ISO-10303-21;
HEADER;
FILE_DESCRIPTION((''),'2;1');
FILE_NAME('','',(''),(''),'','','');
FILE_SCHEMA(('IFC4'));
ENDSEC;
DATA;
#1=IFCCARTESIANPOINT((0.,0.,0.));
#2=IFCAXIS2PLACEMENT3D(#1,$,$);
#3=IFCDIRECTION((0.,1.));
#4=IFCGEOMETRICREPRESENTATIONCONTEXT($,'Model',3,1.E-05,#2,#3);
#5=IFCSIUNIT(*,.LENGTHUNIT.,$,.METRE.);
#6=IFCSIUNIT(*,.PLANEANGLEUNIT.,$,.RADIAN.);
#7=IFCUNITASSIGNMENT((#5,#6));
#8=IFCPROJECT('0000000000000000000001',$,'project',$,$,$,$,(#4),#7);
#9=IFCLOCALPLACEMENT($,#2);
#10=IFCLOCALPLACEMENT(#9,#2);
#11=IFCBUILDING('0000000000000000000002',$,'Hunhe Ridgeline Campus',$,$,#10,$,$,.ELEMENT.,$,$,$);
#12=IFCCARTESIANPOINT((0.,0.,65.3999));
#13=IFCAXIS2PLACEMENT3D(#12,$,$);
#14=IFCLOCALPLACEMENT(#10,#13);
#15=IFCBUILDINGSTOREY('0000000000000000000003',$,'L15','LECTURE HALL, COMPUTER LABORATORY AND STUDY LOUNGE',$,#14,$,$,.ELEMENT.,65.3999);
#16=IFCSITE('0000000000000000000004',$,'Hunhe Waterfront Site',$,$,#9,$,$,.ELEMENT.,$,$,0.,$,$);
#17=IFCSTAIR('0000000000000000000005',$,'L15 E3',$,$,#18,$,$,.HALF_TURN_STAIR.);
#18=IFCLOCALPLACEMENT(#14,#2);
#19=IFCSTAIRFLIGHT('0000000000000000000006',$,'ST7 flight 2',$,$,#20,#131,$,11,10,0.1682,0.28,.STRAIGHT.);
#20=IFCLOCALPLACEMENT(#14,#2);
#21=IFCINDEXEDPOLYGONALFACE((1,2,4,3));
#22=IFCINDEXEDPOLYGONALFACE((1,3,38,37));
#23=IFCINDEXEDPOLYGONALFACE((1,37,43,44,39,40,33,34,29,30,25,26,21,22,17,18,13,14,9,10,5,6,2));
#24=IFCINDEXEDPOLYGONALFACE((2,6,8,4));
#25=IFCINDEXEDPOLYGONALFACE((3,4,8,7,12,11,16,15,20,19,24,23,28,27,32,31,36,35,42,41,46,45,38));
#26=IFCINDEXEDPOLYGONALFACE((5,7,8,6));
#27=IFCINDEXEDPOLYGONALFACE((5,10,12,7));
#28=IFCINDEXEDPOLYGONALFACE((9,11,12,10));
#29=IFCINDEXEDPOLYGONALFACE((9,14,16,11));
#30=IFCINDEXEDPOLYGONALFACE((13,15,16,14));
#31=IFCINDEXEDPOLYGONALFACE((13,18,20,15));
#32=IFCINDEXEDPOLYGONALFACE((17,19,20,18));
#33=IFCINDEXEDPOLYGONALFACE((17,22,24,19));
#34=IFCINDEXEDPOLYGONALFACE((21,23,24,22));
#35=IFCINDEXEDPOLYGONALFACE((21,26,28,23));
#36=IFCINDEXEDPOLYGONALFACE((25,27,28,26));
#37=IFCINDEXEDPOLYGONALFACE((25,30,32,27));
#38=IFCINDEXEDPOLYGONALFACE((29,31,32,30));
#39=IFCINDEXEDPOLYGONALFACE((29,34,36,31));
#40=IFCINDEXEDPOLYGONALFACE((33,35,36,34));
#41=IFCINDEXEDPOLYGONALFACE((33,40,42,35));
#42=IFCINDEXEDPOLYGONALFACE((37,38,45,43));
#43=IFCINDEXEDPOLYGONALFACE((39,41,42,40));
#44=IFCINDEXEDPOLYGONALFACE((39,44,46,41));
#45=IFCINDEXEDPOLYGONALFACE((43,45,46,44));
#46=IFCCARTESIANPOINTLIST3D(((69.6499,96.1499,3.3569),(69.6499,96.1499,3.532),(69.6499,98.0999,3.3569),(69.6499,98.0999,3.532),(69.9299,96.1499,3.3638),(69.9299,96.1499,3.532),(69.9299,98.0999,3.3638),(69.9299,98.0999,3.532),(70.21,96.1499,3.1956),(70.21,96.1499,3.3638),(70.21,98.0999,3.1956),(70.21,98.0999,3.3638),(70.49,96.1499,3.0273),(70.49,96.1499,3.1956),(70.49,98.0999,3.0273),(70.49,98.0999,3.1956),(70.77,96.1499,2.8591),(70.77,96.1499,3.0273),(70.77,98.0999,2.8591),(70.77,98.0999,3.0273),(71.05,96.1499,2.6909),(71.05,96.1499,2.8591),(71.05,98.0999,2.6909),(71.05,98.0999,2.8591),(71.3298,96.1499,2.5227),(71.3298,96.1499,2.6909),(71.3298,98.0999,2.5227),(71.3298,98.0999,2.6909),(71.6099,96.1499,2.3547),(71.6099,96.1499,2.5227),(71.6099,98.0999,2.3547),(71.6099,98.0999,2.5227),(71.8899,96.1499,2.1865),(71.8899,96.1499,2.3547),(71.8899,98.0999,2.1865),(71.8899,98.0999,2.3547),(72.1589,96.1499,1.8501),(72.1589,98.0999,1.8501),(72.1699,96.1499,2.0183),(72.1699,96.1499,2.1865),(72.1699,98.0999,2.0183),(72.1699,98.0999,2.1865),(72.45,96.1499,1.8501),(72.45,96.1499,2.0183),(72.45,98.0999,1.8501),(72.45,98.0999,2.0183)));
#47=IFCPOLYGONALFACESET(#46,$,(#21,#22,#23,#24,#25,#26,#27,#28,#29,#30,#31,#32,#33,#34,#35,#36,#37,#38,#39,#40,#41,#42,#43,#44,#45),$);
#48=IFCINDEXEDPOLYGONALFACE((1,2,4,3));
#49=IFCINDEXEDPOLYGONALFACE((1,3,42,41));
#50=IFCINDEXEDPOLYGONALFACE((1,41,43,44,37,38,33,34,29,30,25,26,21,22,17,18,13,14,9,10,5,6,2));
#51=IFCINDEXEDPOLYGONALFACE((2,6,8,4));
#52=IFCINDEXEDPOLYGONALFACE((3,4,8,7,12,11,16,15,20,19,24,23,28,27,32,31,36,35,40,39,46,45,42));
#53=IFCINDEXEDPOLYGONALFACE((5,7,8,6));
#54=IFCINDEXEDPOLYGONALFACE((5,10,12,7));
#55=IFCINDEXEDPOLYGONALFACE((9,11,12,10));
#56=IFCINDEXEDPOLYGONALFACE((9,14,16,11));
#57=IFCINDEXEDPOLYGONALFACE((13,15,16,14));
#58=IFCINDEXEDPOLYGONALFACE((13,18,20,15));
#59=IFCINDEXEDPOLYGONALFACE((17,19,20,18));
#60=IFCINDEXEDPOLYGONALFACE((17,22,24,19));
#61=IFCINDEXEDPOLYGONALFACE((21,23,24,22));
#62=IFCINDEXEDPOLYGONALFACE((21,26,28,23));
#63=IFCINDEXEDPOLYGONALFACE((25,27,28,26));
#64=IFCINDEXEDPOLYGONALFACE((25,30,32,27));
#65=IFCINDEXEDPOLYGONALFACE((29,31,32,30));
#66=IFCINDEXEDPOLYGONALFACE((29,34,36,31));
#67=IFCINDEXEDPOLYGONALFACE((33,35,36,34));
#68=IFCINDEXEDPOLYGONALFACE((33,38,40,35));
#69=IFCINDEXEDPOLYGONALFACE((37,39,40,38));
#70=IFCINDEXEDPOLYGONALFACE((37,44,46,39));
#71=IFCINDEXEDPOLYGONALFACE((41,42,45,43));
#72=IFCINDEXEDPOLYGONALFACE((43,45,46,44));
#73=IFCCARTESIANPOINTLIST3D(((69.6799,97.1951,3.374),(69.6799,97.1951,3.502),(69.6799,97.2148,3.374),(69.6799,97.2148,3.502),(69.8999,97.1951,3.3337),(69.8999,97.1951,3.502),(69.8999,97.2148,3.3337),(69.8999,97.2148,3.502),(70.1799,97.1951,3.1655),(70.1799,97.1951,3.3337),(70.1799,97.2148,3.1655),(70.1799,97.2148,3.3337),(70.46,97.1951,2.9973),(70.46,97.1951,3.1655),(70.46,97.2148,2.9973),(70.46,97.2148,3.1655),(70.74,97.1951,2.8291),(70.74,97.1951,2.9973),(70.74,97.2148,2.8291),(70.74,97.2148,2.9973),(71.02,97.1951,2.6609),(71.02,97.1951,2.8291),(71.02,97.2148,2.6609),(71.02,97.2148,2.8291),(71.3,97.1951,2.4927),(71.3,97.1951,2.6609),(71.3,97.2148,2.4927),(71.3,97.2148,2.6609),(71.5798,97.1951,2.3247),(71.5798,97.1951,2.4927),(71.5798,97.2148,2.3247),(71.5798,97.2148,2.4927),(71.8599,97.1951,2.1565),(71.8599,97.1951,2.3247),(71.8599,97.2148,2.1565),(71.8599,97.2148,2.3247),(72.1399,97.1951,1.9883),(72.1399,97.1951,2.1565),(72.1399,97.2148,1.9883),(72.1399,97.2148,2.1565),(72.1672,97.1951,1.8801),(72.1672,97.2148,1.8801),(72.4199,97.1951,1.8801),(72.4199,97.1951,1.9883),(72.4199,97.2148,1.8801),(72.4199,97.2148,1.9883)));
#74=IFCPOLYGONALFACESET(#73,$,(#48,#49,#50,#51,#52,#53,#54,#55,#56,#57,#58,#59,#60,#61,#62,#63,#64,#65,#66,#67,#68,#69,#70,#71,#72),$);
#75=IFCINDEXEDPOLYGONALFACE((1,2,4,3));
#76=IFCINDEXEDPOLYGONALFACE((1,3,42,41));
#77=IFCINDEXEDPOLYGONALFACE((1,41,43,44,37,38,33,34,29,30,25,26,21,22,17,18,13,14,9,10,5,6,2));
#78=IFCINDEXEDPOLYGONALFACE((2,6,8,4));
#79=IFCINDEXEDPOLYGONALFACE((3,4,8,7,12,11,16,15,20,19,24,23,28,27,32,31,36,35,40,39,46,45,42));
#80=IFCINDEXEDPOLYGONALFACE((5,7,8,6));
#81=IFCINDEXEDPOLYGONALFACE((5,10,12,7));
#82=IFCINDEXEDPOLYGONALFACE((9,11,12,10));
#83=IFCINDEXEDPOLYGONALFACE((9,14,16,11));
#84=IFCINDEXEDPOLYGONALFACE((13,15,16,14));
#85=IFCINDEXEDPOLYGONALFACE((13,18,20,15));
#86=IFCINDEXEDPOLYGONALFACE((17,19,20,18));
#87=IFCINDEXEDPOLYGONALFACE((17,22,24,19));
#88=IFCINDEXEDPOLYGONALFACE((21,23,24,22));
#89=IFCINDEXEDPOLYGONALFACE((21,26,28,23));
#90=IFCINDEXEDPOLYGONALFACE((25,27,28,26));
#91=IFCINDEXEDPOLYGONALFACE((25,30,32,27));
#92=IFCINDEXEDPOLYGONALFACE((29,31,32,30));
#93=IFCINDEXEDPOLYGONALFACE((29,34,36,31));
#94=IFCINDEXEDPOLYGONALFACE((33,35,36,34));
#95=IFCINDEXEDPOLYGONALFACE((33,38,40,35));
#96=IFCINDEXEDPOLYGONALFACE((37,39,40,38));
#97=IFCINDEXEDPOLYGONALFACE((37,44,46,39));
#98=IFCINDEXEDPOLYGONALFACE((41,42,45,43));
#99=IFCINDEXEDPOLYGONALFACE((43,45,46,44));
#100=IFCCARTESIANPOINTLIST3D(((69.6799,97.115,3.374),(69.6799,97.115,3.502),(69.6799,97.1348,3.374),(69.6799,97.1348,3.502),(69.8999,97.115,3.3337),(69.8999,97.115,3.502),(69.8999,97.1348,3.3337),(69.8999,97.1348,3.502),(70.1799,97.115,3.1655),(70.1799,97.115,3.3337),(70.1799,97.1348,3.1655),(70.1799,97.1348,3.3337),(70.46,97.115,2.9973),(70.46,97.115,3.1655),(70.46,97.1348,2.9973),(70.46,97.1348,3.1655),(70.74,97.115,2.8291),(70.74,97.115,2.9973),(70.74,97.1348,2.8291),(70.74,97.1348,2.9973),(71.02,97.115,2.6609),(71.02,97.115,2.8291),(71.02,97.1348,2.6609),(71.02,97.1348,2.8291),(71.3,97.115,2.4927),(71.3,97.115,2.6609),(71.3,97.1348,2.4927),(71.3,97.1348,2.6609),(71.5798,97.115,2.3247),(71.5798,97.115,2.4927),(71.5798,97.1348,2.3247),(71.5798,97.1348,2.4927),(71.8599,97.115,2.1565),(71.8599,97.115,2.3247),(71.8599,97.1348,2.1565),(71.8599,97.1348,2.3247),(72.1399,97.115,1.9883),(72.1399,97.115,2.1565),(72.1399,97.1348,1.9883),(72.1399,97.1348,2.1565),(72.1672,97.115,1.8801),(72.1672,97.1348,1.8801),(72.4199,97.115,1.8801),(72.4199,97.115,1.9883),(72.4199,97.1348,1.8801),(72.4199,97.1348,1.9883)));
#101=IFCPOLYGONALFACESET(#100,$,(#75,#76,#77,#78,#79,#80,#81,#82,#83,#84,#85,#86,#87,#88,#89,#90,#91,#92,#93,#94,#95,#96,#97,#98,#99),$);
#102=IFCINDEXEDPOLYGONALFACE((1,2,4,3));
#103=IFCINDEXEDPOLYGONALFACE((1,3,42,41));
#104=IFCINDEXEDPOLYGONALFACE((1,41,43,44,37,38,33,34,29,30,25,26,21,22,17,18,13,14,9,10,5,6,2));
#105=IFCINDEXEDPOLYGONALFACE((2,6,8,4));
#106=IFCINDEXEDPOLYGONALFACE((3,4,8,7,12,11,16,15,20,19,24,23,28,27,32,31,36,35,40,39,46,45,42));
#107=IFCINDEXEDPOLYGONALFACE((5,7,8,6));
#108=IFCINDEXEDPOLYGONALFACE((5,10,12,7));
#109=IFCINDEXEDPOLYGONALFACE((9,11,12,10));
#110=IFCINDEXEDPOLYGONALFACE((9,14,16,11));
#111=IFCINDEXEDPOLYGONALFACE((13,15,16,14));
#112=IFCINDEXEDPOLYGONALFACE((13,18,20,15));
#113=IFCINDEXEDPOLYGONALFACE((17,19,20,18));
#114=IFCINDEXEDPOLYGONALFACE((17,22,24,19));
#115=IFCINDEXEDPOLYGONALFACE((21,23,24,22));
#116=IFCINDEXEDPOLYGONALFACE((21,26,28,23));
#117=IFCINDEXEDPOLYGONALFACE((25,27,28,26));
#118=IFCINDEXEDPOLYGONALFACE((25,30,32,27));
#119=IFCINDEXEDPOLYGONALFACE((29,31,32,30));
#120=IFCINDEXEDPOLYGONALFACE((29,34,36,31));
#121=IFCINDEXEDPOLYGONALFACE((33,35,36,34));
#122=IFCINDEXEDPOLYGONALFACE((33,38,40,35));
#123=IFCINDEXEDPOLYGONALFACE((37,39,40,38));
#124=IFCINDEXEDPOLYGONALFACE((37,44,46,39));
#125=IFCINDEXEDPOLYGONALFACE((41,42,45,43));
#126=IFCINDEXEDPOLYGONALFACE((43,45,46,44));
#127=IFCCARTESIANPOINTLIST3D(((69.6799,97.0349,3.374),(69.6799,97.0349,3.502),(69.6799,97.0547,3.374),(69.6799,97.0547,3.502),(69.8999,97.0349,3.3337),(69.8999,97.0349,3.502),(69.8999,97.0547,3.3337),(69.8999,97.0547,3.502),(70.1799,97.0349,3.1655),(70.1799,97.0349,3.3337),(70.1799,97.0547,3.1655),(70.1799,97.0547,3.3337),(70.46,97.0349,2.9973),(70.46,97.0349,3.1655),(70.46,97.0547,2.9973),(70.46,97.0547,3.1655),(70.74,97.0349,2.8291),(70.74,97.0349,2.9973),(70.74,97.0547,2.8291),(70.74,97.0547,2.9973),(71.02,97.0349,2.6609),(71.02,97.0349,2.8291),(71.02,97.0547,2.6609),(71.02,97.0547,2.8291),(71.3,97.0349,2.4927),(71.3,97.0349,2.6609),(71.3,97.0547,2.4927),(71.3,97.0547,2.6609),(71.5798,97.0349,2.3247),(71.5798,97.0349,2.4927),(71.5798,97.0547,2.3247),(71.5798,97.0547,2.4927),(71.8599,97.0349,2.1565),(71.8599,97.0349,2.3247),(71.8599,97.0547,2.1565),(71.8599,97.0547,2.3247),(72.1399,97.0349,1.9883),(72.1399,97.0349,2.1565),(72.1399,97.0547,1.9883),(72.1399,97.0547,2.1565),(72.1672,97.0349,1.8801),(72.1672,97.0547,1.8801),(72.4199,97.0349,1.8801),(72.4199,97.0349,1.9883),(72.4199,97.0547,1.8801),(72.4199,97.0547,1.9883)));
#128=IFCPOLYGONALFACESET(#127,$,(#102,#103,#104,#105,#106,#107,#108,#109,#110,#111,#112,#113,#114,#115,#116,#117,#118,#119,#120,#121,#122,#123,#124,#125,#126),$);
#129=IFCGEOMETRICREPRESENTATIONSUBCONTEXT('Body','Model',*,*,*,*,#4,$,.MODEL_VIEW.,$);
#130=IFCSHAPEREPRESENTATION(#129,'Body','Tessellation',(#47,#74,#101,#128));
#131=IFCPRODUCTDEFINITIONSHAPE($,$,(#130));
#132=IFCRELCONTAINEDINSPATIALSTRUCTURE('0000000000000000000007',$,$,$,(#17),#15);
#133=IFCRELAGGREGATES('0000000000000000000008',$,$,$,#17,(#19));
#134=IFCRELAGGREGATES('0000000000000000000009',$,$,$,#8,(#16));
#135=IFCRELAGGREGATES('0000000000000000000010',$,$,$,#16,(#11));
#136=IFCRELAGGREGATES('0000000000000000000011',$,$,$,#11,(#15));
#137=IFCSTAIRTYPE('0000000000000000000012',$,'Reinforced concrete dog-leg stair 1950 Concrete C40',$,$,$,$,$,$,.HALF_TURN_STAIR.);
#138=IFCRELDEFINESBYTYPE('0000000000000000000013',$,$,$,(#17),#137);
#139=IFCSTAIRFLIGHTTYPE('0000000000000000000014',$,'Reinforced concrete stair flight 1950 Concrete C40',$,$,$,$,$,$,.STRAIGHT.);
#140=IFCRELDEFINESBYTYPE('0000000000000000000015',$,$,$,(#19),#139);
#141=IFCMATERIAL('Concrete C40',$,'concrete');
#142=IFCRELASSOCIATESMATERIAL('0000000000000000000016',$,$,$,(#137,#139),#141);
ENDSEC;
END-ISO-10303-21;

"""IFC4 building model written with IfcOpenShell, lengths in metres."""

from ifc_helpers import new_model, si_unit, direction, frame, origin, place, context, subcontext, project, spatial, polyline, outline, extrude, material, type_object, element, aggregate, save


model = new_model("IFC4")

# Units and contexts
model_context = context("Model", 3, precision=1e-05, world=origin(), true_north=direction((0.0, 1.0)))
body_context = subcontext(model_context, "Body", "Model", "MODEL_VIEW")
ifc_project = project(units=[si_unit("LENGTHUNIT", "METRE"), si_unit("PLANEANGLEUNIT", "RADIAN")], contexts=[model_context])

# Site, building, storey
site_placement = place(None, origin())
site = spatial("IfcSite", under=ifc_project, at=site_placement, Name="Hunhe Waterfront Site", CompositionType="ELEMENT", RefElevation=0.0)
building_placement = place(site_placement, origin())
building = spatial("IfcBuilding", under=site, at=building_placement, Name="Hunhe Ridgeline Campus", CompositionType="ELEMENT")
storey_placement = place(building_placement, frame((0.0, 0.0, 65.3999)))
storey = spatial("IfcBuildingStorey", under=building, at=storey_placement, Name="L15", Description="LECTURE HALL, COMPUTER LABORATORY AND STUDY LOUNGE", CompositionType="ELEMENT", Elevation=65.3999)

# Stair, stair flight
ifc_material_1 = material(Name="Concrete C40", Category="concrete")
stair_type = type_object("IfcStairType", Name="Reinforced concrete dog-leg stair 1950 Concrete C40", PredefinedType="HALF_TURN_STAIR", material=ifc_material_1)
stair_placement = place(storey_placement, origin())
stair = element("IfcStair", 1, at=stair_placement, inside=storey, type_object=stair_type, Name="L15 E3", PredefinedType="HALF_TURN_STAIR")
stair_flight_type = type_object("IfcStairFlightType", Name="Reinforced concrete stair flight 1950 Concrete C40", PredefinedType="STRAIGHT", material=ifc_material_1)
stair_flight_1_placement = place(storey_placement, frame((72.45, 97.125, 1.8501), z_axis=(0.0, 0.0, 1.0), x_axis=(-1.0, 0.0, 0.0)))
stair_flight_1 = element("IfcStairFlight", 2, at=stair_flight_1_placement, type_object=stair_flight_type, Name="ST7 flight 2", NumberOfRisers=11, NumberOfTreads=10, PredefinedType="STRAIGHT", RiserHeight=0.1682, TreadLength=0.28, context=body_context, shape_type="SweptSolid", body=[
    extrude(outline(polyline([(0.0, 0.0), (0.0, 0.1682), (0.28, 0.1682), (0.28, 0.3364), (0.5601, 0.3364), (0.5601, 0.5046), (0.8401, 0.5046), (0.8401, 0.6726), (1.1201, 0.6726), (1.1201, 0.8408), (1.3999, 0.8408), (1.3999, 1.009), (1.6799, 1.009), (1.6799, 1.1772), (1.96, 1.1772), (1.96, 1.3455), (2.24, 1.3455), (2.24, 1.5137), (2.52, 1.5137), (2.52, 1.6819), (2.8, 1.6819), (2.8, 1.8501), (2.8, 1.5068), (0.291, 0.0), (0.0, 0.0)])), frame((0.0, 0.9751, 0.0), z_axis=(0.0, -1.0, 0.0), x_axis=(1.0, 0.0, 0.0)), (0.0, 0.0, 1.0), 1.95),
    extrude(outline(polyline([(0.03, 0.03), (0.03, 0.1382), (0.3101, 0.1382), (0.3101, 0.3064), (0.5901, 0.3064), (0.5901, 0.4746), (0.8701, 0.4746), (0.8701, 0.6426), (1.1499, 0.6426), (1.1499, 0.8108), (1.4299, 0.8108), (1.4299, 0.979), (1.71, 0.979), (1.71, 1.1472), (1.99, 1.1472), (1.99, 1.3154), (2.27, 1.3154), (2.27, 1.4836), (2.55, 1.4836), (2.55, 1.6519), (2.77, 1.6519), (2.77, 1.5239), (0.2827, 0.03), (0.03, 0.03)])), frame((0.0, -0.0701, 0.0), z_axis=(0.0, -1.0, 0.0), x_axis=(1.0, 0.0, 0.0)), (0.0, 0.0, 1.0), 0.0198),
    extrude(outline(polyline([(0.03, 0.03), (0.03, 0.1382), (0.3101, 0.1382), (0.3101, 0.3064), (0.5901, 0.3064), (0.5901, 0.4746), (0.8701, 0.4746), (0.8701, 0.6426), (1.1499, 0.6426), (1.1499, 0.8108), (1.4299, 0.8108), (1.4299, 0.979), (1.71, 0.979), (1.71, 1.1472), (1.99, 1.1472), (1.99, 1.3154), (2.27, 1.3154), (2.27, 1.4836), (2.55, 1.4836), (2.55, 1.6519), (2.77, 1.6519), (2.77, 1.5239), (0.2827, 0.03), (0.03, 0.03)])), frame((0.0, 0.01, 0.0), z_axis=(0.0, -1.0, 0.0), x_axis=(1.0, 0.0, 0.0)), (0.0, 0.0, 1.0), 0.0198),
    extrude(outline(polyline([(0.03, 0.03), (0.03, 0.1382), (0.3101, 0.1382), (0.3101, 0.3064), (0.5901, 0.3064), (0.5901, 0.4746), (0.8701, 0.4746), (0.8701, 0.6426), (1.1499, 0.6426), (1.1499, 0.8108), (1.4299, 0.8108), (1.4299, 0.979), (1.71, 0.979), (1.71, 1.1472), (1.99, 1.1472), (1.99, 1.3154), (2.27, 1.3154), (2.27, 1.4836), (2.55, 1.4836), (2.55, 1.6519), (2.77, 1.6519), (2.77, 1.5239), (0.2827, 0.03), (0.03, 0.03)])), frame((0.0, 0.0901, 0.0), z_axis=(0.0, -1.0, 0.0), x_axis=(1.0, 0.0, 0.0)), (0.0, 0.0, 1.0), 0.0198),
])
aggregate(stair, [stair_flight_1])

save(model, "model.ifc")
